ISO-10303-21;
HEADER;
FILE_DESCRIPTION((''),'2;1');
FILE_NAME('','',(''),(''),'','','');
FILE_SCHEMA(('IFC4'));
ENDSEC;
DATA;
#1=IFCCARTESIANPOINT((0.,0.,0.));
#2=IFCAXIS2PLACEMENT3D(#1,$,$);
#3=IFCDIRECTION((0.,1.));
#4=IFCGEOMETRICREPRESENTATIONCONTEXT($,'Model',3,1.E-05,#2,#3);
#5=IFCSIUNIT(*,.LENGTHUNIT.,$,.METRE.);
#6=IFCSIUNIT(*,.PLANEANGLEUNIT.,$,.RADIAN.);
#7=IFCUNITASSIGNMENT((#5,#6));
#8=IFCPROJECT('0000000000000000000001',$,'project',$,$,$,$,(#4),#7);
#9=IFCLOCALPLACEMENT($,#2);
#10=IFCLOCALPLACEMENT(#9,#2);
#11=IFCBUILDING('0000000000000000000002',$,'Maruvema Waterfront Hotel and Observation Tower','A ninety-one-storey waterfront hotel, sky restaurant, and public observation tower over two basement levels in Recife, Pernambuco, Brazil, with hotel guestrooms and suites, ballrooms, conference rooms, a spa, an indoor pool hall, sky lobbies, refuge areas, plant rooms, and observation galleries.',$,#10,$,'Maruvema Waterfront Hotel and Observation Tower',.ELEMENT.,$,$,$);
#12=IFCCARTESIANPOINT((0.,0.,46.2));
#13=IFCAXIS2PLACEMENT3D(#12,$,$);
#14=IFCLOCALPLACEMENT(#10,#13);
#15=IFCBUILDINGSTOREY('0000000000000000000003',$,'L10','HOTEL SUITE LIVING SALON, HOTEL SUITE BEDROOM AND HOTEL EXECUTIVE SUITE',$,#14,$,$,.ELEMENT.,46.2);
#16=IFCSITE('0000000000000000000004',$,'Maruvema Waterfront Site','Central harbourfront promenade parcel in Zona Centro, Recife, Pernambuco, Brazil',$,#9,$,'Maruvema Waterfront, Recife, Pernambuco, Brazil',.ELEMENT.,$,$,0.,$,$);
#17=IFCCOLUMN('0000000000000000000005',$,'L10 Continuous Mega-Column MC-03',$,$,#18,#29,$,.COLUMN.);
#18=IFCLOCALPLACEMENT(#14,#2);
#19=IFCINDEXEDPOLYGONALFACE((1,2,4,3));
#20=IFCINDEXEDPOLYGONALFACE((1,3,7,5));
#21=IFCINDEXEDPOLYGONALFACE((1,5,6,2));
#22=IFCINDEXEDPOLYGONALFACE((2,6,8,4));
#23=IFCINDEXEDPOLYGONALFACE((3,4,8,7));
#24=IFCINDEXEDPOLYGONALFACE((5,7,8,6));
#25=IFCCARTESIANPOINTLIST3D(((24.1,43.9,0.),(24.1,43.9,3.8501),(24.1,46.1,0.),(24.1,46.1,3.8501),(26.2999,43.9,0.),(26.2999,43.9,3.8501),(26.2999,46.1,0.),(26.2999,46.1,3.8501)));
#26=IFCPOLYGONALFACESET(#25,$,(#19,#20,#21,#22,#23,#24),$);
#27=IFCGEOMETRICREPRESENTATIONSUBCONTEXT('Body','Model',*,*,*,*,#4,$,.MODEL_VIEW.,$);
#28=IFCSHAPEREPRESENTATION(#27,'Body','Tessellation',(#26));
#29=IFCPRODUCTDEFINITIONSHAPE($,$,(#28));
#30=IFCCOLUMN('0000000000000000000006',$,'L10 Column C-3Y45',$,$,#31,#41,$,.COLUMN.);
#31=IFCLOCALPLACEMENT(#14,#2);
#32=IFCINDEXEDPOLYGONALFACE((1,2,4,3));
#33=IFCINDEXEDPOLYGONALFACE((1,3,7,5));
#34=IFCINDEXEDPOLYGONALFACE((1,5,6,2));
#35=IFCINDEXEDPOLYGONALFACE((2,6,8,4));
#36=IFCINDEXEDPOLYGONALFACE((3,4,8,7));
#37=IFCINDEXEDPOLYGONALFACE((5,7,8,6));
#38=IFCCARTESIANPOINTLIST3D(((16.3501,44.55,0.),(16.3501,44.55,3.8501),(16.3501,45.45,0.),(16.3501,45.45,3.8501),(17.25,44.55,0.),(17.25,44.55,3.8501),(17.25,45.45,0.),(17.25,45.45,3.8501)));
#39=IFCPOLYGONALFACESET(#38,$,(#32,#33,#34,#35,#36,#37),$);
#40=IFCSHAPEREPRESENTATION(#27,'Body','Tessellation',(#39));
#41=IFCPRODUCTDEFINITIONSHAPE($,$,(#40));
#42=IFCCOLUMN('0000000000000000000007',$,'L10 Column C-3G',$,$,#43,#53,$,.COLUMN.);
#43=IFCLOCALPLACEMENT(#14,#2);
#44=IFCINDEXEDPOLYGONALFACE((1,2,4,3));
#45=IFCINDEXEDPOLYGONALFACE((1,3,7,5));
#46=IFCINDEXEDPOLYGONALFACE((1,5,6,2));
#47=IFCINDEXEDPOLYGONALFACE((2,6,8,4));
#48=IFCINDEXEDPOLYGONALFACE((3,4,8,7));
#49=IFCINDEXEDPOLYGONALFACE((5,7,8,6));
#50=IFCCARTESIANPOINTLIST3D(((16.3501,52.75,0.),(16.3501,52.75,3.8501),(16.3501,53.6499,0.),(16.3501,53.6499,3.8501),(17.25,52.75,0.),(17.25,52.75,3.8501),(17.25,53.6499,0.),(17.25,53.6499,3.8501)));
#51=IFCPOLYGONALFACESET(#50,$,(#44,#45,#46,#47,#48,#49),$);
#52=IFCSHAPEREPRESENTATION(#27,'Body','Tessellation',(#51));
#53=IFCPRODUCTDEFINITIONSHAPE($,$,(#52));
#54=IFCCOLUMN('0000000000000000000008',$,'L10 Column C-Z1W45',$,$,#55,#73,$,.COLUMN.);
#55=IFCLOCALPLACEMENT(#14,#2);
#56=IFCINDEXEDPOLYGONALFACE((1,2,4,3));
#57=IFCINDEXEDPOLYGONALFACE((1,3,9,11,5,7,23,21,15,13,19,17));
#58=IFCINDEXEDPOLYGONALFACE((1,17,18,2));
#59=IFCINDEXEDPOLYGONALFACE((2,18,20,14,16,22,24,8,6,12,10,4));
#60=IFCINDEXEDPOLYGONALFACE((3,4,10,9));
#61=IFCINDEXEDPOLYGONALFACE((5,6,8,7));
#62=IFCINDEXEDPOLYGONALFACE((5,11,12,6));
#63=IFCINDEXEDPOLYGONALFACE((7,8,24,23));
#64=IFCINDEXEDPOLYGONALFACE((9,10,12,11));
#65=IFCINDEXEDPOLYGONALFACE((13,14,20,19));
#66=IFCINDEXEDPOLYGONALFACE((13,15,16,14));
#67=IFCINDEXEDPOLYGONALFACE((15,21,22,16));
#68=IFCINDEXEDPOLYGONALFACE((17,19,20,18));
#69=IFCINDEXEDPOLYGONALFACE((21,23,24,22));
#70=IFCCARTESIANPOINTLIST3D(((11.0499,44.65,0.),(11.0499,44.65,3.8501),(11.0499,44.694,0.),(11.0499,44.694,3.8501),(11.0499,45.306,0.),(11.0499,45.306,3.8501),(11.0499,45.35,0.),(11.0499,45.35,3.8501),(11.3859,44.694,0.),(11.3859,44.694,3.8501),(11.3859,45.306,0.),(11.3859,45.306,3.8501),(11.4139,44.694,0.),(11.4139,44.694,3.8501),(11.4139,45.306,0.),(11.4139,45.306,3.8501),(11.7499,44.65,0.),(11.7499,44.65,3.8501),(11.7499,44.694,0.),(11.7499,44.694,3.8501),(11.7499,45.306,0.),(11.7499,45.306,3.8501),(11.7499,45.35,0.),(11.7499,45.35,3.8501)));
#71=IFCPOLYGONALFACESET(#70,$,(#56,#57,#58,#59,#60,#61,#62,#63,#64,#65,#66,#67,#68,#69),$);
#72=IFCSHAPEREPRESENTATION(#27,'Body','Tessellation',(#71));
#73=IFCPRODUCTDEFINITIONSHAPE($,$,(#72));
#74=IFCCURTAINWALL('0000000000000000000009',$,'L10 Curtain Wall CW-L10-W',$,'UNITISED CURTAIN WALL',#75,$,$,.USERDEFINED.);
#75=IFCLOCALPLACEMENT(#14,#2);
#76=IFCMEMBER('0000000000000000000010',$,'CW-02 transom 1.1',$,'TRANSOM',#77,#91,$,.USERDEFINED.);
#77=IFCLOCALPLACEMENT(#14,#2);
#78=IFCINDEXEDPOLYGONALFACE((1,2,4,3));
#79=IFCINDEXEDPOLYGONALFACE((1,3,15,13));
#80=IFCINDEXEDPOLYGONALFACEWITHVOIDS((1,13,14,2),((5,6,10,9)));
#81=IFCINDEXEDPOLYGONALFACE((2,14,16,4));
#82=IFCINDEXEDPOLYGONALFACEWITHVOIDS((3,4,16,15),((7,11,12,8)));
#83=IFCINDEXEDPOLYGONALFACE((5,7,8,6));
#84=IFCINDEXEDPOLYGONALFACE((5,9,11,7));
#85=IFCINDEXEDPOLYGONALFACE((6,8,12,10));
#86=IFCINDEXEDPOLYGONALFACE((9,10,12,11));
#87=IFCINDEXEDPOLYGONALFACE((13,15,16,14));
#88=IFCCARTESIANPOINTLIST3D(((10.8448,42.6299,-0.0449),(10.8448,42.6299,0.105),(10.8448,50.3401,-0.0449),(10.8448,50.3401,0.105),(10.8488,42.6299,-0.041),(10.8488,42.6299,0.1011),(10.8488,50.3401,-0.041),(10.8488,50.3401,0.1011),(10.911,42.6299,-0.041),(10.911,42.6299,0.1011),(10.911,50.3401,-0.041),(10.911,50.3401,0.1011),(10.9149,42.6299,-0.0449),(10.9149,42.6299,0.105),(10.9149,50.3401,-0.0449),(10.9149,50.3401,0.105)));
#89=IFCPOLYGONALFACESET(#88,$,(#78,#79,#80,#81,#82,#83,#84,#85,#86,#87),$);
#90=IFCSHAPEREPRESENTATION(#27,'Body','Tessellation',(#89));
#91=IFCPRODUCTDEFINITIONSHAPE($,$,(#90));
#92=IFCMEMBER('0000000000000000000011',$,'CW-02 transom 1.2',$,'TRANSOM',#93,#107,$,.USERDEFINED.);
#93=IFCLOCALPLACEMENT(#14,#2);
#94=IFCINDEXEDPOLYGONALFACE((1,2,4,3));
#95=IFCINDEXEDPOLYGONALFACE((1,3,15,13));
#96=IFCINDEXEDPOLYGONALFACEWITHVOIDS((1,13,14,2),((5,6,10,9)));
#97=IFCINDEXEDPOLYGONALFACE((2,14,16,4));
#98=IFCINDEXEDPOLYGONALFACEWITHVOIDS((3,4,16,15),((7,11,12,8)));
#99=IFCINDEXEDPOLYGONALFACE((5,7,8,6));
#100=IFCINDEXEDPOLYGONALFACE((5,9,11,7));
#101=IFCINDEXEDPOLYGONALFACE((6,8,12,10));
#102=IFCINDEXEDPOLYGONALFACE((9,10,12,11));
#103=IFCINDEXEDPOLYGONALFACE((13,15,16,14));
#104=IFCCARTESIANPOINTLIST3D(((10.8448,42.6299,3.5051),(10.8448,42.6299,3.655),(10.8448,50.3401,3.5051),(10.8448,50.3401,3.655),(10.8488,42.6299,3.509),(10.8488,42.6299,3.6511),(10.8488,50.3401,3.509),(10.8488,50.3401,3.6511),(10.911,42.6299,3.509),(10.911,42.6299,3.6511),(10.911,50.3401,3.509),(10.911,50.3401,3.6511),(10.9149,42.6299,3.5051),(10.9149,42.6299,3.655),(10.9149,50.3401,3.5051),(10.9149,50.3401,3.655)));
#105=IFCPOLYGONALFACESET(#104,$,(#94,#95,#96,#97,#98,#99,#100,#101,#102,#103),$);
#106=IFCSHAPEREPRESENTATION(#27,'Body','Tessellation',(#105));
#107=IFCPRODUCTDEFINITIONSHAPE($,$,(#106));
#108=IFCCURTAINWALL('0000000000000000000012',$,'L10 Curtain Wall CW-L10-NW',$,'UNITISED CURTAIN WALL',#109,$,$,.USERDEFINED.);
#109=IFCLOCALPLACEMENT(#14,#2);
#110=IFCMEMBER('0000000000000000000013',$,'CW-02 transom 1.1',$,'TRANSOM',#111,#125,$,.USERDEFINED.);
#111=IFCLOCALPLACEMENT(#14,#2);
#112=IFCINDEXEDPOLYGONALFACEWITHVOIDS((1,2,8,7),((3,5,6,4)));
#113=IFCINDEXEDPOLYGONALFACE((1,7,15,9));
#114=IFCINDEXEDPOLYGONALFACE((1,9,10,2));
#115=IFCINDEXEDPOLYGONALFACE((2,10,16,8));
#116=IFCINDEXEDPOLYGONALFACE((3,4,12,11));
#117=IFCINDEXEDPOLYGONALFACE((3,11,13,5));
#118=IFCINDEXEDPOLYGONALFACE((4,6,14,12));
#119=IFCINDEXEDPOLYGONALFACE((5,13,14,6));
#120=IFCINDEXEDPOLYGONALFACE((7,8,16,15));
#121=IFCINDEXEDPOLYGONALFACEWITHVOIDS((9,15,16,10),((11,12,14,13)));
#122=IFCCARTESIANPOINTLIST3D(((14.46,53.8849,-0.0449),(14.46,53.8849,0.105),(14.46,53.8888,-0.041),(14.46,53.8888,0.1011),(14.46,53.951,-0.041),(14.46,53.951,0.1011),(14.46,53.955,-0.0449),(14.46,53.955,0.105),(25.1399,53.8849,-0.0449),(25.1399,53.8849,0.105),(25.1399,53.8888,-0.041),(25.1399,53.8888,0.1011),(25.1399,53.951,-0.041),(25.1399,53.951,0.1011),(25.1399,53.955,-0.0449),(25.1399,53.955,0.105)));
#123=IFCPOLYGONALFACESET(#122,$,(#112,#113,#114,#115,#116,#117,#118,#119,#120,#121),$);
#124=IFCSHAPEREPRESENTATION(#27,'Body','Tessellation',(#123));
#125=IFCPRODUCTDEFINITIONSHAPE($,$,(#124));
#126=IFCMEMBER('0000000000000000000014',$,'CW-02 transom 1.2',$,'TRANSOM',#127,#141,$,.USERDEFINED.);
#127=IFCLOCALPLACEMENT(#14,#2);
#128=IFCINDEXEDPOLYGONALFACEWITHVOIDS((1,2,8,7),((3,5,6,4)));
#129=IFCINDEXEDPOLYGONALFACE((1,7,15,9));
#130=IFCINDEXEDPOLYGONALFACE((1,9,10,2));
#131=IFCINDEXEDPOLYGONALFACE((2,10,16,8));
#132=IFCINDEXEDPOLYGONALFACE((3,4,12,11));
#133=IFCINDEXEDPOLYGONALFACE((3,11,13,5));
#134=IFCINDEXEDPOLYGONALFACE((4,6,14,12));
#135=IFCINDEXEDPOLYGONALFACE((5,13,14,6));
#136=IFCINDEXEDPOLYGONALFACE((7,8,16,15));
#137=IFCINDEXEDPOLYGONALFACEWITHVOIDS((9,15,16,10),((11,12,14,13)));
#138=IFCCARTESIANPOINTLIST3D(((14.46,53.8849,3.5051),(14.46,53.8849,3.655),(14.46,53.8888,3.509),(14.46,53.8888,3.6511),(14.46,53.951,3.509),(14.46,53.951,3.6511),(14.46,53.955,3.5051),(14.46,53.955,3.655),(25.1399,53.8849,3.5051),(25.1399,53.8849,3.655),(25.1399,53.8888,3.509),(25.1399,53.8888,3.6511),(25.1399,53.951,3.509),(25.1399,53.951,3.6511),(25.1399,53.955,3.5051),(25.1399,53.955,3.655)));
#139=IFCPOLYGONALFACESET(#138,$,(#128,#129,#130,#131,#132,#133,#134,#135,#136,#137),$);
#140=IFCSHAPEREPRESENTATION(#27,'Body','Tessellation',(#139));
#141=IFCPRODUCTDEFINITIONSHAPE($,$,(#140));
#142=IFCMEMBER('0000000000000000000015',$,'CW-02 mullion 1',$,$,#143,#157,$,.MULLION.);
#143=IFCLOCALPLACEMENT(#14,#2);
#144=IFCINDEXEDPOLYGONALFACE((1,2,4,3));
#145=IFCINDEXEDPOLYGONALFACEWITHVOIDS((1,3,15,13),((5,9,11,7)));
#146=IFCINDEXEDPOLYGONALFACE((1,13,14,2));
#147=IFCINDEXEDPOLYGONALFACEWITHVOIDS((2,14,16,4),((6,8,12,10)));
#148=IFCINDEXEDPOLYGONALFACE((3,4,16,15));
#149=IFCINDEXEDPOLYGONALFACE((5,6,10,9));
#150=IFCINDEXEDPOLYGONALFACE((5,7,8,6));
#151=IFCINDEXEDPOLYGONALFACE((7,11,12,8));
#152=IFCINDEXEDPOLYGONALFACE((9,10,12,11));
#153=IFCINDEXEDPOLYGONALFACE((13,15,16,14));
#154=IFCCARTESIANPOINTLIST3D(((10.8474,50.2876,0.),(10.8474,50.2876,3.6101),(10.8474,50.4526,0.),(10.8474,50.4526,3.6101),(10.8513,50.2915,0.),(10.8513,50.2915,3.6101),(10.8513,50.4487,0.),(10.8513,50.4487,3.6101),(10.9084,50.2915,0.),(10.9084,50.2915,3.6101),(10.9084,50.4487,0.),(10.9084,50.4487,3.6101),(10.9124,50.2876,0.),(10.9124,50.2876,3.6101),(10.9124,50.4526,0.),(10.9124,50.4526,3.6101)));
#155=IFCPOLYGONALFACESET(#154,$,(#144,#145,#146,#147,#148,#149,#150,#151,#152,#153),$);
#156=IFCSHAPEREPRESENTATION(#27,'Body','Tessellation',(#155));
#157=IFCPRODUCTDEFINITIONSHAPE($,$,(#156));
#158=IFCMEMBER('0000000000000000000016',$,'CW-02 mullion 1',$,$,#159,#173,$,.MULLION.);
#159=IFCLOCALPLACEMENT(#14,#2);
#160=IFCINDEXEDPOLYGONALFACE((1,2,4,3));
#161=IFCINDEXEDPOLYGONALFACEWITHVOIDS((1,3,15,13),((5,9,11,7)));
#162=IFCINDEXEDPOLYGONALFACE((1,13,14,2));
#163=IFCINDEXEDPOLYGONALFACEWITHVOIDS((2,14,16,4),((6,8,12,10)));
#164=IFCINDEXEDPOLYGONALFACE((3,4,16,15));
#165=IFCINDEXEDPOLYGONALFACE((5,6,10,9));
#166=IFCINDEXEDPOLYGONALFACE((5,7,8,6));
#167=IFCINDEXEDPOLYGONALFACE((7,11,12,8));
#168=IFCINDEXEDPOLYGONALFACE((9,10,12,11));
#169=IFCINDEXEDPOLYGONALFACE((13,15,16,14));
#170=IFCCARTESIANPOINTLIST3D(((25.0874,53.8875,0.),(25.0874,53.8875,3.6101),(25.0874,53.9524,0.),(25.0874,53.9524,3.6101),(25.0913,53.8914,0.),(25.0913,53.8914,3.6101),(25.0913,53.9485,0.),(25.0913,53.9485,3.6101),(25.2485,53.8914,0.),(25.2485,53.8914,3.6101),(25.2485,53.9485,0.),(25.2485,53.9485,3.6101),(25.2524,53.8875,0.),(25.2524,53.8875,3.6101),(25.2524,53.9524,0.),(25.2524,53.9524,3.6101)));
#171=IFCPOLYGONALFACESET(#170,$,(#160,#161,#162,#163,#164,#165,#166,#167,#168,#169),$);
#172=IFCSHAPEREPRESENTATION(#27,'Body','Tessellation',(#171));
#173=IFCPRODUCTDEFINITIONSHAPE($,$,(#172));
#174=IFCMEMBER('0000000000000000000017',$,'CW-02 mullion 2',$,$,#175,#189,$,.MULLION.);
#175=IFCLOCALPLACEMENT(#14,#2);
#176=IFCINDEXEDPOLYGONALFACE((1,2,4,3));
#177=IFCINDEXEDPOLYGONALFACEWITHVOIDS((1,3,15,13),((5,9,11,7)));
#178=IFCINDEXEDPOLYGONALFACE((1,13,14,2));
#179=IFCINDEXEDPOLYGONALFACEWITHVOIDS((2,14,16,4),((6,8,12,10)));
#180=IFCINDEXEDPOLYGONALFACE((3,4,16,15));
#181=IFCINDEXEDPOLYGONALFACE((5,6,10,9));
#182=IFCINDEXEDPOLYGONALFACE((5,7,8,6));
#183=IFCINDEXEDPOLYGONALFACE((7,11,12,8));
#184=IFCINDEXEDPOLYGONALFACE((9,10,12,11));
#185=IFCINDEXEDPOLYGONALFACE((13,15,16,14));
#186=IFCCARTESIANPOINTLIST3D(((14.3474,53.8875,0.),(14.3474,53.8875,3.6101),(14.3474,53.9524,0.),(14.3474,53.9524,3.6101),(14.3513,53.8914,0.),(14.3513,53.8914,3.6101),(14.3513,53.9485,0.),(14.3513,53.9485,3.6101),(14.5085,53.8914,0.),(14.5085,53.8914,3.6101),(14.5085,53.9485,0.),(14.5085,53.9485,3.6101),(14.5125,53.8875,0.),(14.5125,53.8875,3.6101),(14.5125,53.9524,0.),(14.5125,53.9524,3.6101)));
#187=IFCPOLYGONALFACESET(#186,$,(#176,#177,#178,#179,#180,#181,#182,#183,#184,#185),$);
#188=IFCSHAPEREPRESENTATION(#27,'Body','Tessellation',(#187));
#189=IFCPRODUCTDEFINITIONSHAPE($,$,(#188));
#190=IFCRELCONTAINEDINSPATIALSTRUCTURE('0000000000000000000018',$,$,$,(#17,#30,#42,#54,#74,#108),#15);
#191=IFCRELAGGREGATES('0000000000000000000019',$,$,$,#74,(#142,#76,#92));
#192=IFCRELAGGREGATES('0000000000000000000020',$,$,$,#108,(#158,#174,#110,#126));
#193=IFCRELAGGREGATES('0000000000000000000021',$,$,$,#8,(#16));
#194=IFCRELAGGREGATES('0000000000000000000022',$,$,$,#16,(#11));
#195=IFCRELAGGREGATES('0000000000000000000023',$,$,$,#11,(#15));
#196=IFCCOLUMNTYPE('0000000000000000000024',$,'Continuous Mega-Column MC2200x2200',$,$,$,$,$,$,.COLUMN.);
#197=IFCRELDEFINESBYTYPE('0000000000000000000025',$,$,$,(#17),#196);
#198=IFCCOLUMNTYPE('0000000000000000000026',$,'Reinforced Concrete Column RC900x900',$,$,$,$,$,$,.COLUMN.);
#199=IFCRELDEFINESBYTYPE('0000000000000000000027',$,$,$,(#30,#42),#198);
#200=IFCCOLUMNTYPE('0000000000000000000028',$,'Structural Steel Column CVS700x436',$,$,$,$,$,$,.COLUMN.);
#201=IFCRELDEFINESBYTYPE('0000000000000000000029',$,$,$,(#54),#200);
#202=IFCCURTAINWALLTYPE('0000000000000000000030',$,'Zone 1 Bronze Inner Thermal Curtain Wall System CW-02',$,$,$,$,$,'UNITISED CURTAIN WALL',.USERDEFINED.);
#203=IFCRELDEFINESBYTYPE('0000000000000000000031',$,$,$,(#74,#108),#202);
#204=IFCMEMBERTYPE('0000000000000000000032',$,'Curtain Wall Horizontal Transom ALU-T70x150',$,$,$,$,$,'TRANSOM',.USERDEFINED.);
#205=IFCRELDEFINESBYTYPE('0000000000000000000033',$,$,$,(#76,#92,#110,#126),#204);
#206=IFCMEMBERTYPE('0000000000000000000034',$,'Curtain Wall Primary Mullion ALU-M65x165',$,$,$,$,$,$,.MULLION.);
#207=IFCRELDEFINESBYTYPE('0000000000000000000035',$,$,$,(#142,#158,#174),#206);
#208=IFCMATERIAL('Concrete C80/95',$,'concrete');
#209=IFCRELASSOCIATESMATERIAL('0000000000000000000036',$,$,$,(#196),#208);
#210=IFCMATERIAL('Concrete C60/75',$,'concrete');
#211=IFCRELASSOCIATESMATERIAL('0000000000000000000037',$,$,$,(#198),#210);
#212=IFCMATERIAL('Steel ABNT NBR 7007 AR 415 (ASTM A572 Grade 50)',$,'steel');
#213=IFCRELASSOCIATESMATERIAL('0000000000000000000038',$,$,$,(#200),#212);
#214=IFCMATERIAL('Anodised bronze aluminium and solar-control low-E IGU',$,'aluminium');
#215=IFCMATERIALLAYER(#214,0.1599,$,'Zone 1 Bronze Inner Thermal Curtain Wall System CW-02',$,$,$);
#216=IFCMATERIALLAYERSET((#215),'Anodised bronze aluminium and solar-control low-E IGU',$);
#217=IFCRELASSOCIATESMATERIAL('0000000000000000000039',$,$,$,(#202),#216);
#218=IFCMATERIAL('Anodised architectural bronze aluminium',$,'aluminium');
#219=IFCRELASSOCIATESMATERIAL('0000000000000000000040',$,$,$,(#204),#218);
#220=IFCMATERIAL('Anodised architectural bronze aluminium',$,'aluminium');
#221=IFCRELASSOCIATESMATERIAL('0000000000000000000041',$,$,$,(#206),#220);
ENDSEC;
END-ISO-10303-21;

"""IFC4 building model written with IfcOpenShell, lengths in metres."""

from ifc_helpers import new_model, si_unit, direction, frame, origin, origin_2d, place, context, subcontext, project, spatial, rectangle, hollow_rectangle, i_section, extrude, material, layer, layer_set, material_profile, profile_set, type_object, element, aggregate, save


model = new_model("IFC4")

# Units and contexts
model_context = context("Model", 3, precision=1e-05, world=origin(), true_north=direction((0.0, 1.0)))
body_context = subcontext(model_context, "Body", "Model", "MODEL_VIEW")
ifc_project = project(units=[si_unit("LENGTHUNIT", "METRE"), si_unit("PLANEANGLEUNIT", "RADIAN")], contexts=[model_context])

# Site, building, storey
site_placement = place(None, origin())
site = spatial("IfcSite", under=ifc_project, at=site_placement, Name="Maruvema Waterfront Site", Description="Central harbourfront promenade parcel in Zona Centro, Recife, Pernambuco, Brazil", LongName="Maruvema Waterfront, Recife, Pernambuco, Brazil", CompositionType="ELEMENT", RefElevation=0.0)
building_placement = place(site_placement, origin())
building = spatial("IfcBuilding", under=site, at=building_placement, Name="Maruvema Waterfront Hotel and Observation Tower", Description="A ninety-one-storey waterfront hotel, sky restaurant, and public observation tower over two basement levels in Recife, Pernambuco, Brazil, with hotel guestrooms and suites, ballrooms, conference rooms, a spa, an indoor pool hall, sky lobbies, refuge areas, plant rooms, and observation galleries.", LongName="Maruvema Waterfront Hotel and Observation Tower", CompositionType="ELEMENT")
storey_placement = place(building_placement, frame((0.0, 0.0, 46.2)))
storey = spatial("IfcBuildingStorey", under=building, at=storey_placement, Name="L10", Description="HOTEL SUITE LIVING SALON, HOTEL SUITE BEDROOM AND HOTEL EXECUTIVE SUITE", CompositionType="ELEMENT", Elevation=46.2)

# Columns
ifc_material_1 = material(Name="Concrete C80/95", Category="concrete")
ifc_material_profile_1 = material_profile(ifc_material_1, rectangle(XDim=2.2, YDim=2.2, at=origin_2d()), Name="MC2200x2200")
ifc_profile_set_1 = profile_set([ifc_material_profile_1], Name="Concrete C80/95")
column_type_1 = type_object("IfcColumnType", Name="Continuous Mega-Column MC2200x2200", PredefinedType="COLUMN", material=ifc_profile_set_1)
column_1_placement = place(storey_placement, frame((25.2, 45.0, 0.0), z_axis=(0.0, 0.0, 1.0), x_axis=(1.0, 0.0, 0.0)))
element("IfcColumn", 1, at=column_1_placement, inside=storey, type_object=column_type_1, Name="L10 Continuous Mega-Column MC-03", PredefinedType="COLUMN", context=body_context, shape_type="SweptSolid", body=[
    extrude(rectangle(XDim=2.2, YDim=2.2, at=origin_2d()), origin(), (0.0, 0.0, 1.0), 3.8501),
])
ifc_material_2 = material(Name="Concrete C60/75", Category="concrete")
ifc_material_profile_2 = material_profile(ifc_material_2, rectangle(XDim=0.8999, YDim=0.8999, at=origin_2d()), Name="RC900x900")
ifc_profile_set_2 = profile_set([ifc_material_profile_2], Name="Concrete C60/75")
column_type_2 = type_object("IfcColumnType", Name="Reinforced Concrete Column RC900x900", PredefinedType="COLUMN", material=ifc_profile_set_2)
for number, where, z_axis, x_axis, name in (
    (2, (16.8, 45.0, 0.0), (0.0, 0.0, 1.0), (1.0, 0.0, 0.0), "L10 Column C-3Y45"),
    (3, (16.8, 53.2, 0.0), (0.0, 0.0, 1.0), (1.0, 0.0, 0.0), "L10 Column C-3G"),
):
    element("IfcColumn", number, at=place(storey_placement, frame(where, z_axis=z_axis, x_axis=x_axis)), inside=storey, type_object=column_type_2, Name=name, PredefinedType="COLUMN", context=body_context, shape_type="SweptSolid", body=[
        extrude(rectangle(XDim=0.8999, YDim=0.8999, at=origin_2d()), origin(), (0.0, 0.0, 1.0), 3.8501),
    ])
ifc_material_3 = material(Name="Steel ABNT NBR 7007 AR 415 (ASTM A572 Grade 50)", Category="steel")
ifc_material_profile_3 = material_profile(ifc_material_3, i_section(OverallWidth=0.7, OverallDepth=0.7, WebThickness=0.0281, FlangeThickness=0.0439, at=origin_2d()), Name="CVS700x436")
ifc_profile_set_3 = profile_set([ifc_material_profile_3], Name="Steel ABNT NBR 7007 AR 415 (ASTM A572 Grade 50)")
column_type_3 = type_object("IfcColumnType", Name="Structural Steel Column CVS700x436", PredefinedType="COLUMN", material=ifc_profile_set_3)
column_2_placement = place(storey_placement, frame((11.3999, 45.0, 0.0), z_axis=(0.0, 0.0, 1.0), x_axis=(1.0, 0.0, 0.0)))
element("IfcColumn", 4, at=column_2_placement, inside=storey, type_object=column_type_3, Name="L10 Column C-Z1W45", PredefinedType="COLUMN", context=body_context, shape_type="SweptSolid", body=[
    extrude(i_section(OverallWidth=0.7, OverallDepth=0.7, WebThickness=0.0281, FlangeThickness=0.0439, at=origin_2d()), origin(), (0.0, 0.0, 1.0), 3.8501),
])

# Curtain walls, members
ifc_material_4 = material(Name="Anodised bronze aluminium and solar-control low-E IGU", Category="aluminium")
ifc_layer_1 = layer(ifc_material_4, 0.1599, Name="Zone 1 Bronze Inner Thermal Curtain Wall System CW-02")
ifc_layer_set_1 = layer_set([ifc_layer_1], Name="Anodised bronze aluminium and solar-control low-E IGU")
curtain_wall_type = type_object("IfcCurtainWallType", Name="Zone 1 Bronze Inner Thermal Curtain Wall System CW-02", ElementType="UNITISED CURTAIN WALL", PredefinedType="USERDEFINED", material=ifc_layer_set_1)
curtain_wall_1_placement = place(storey_placement, origin())
curtain_wall_1 = element("IfcCurtainWall", 5, at=curtain_wall_1_placement, inside=storey, type_object=curtain_wall_type, Name="L10 Curtain Wall CW-L10-W", ObjectType="UNITISED CURTAIN WALL", PredefinedType="USERDEFINED")
ifc_material_5 = material(Name="Anodised architectural bronze aluminium", Category="aluminium")
ifc_material_profile_4 = material_profile(ifc_material_5, hollow_rectangle(XDim=0.0701, YDim=0.1499, WallThickness=0.0039, at=origin_2d()), Name="ALU-T70x150")
ifc_profile_set_4 = profile_set([ifc_material_profile_4], Name="Anodised architectural bronze aluminium")
member_type_1 = type_object("IfcMemberType", Name="Curtain Wall Horizontal Transom ALU-T70x150", ElementType="TRANSOM", PredefinedType="USERDEFINED", material=ifc_profile_set_4)
member_1_placement = place(storey_placement, frame((10.8799, 50.3401, 0.03), z_axis=(0.0, -1.0, 0.0), x_axis=(1.0, 0.0, 0.0)))
member_1 = element("IfcMember", 6, at=member_1_placement, type_object=member_type_1, Name="CW-02 transom 1.1", ObjectType="TRANSOM", PredefinedType="USERDEFINED", context=body_context, shape_type="SweptSolid", body=[
    extrude(hollow_rectangle(XDim=0.0701, YDim=0.1499, WallThickness=0.0039, at=origin_2d()), origin(), (0.0, 0.0, 1.0), 7.7102),
])
member_2_placement = place(storey_placement, frame((10.8799, 50.3401, 3.5801), z_axis=(0.0, -1.0, 0.0), x_axis=(1.0, 0.0, 0.0)))
member_2 = element("IfcMember", 7, at=member_2_placement, type_object=member_type_1, Name="CW-02 transom 1.2", ObjectType="TRANSOM", PredefinedType="USERDEFINED", context=body_context, shape_type="SweptSolid", body=[
    extrude(hollow_rectangle(XDim=0.0701, YDim=0.1499, WallThickness=0.0039, at=origin_2d()), origin(), (0.0, 0.0, 1.0), 7.7102),
])
curtain_wall_2_placement = place(storey_placement, origin())
curtain_wall_2 = element("IfcCurtainWall", 8, at=curtain_wall_2_placement, inside=storey, type_object=curtain_wall_type, Name="L10 Curtain Wall CW-L10-NW", ObjectType="UNITISED CURTAIN WALL", PredefinedType="USERDEFINED")
member_3_placement = place(storey_placement, frame((25.1399, 53.9199, 0.03), z_axis=(-1.0, 0.0, 0.0), x_axis=(0.0, -1.0, 0.0)))
member_3 = element("IfcMember", 9, at=member_3_placement, type_object=member_type_1, Name="CW-02 transom 1.1", ObjectType="TRANSOM", PredefinedType="USERDEFINED", context=body_context, shape_type="SweptSolid", body=[
    extrude(hollow_rectangle(XDim=0.0701, YDim=0.1499, WallThickness=0.0039, at=origin_2d()), origin(), (0.0, 0.0, 1.0), 10.6799),
])
member_4_placement = place(storey_placement, frame((25.1399, 53.9199, 3.5801), z_axis=(-1.0, 0.0, 0.0), x_axis=(0.0, -1.0, 0.0)))
member_4 = element("IfcMember", 10, at=member_4_placement, type_object=member_type_1, Name="CW-02 transom 1.2", ObjectType="TRANSOM", PredefinedType="USERDEFINED", context=body_context, shape_type="SweptSolid", body=[
    extrude(hollow_rectangle(XDim=0.0701, YDim=0.1499, WallThickness=0.0039, at=origin_2d()), origin(), (0.0, 0.0, 1.0), 10.6799),
])

# Members
ifc_material_6 = material(Name="Anodised architectural bronze aluminium", Category="aluminium")
ifc_material_profile_5 = material_profile(ifc_material_6, hollow_rectangle(XDim=0.0649, YDim=0.165, WallThickness=0.0039, at=origin_2d()), Name="ALU-M65x165")
ifc_profile_set_5 = profile_set([ifc_material_profile_5], Name="Anodised architectural bronze aluminium")
member_type_2 = type_object("IfcMemberType", Name="Curtain Wall Primary Mullion ALU-M65x165", PredefinedType="MULLION", material=ifc_profile_set_5)
member_5_placement = place(storey_placement, frame((10.8799, 50.3701, 0.0), z_axis=(0.0, 0.0, 1.0), x_axis=(1.0, 0.0, 0.0)))
member_5 = element("IfcMember", 11, at=member_5_placement, type_object=member_type_2, Name="CW-02 mullion 1", PredefinedType="MULLION", context=body_context, shape_type="SweptSolid", body=[
    extrude(hollow_rectangle(XDim=0.0649, YDim=0.165, WallThickness=0.0039, at=origin_2d()), origin(), (0.0, 0.0, 1.0), 3.6101),
])
member_6_placement = place(storey_placement, frame((25.1699, 53.9199, 0.0), z_axis=(0.0, 0.0, 1.0), x_axis=(0.0, -1.0, 0.0)))
member_6 = element("IfcMember", 12, at=member_6_placement, type_object=member_type_2, Name="CW-02 mullion 1", PredefinedType="MULLION", context=body_context, shape_type="SweptSolid", body=[
    extrude(hollow_rectangle(XDim=0.0649, YDim=0.165, WallThickness=0.0039, at=origin_2d()), origin(), (0.0, 0.0, 1.0), 3.6101),
])
member_7_placement = place(storey_placement, frame((14.4299, 53.9199, 0.0), z_axis=(0.0, 0.0, 1.0), x_axis=(0.0, -1.0, 0.0)))
member_7 = element("IfcMember", 13, at=member_7_placement, type_object=member_type_2, Name="CW-02 mullion 2", PredefinedType="MULLION", context=body_context, shape_type="SweptSolid", body=[
    extrude(hollow_rectangle(XDim=0.0649, YDim=0.165, WallThickness=0.0039, at=origin_2d()), origin(), (0.0, 0.0, 1.0), 3.6101),
])

aggregate(curtain_wall_1, [member_5, member_1, member_2])
aggregate(curtain_wall_2, [member_6, member_7, member_3, member_4])

save(model, "model.ifc")
